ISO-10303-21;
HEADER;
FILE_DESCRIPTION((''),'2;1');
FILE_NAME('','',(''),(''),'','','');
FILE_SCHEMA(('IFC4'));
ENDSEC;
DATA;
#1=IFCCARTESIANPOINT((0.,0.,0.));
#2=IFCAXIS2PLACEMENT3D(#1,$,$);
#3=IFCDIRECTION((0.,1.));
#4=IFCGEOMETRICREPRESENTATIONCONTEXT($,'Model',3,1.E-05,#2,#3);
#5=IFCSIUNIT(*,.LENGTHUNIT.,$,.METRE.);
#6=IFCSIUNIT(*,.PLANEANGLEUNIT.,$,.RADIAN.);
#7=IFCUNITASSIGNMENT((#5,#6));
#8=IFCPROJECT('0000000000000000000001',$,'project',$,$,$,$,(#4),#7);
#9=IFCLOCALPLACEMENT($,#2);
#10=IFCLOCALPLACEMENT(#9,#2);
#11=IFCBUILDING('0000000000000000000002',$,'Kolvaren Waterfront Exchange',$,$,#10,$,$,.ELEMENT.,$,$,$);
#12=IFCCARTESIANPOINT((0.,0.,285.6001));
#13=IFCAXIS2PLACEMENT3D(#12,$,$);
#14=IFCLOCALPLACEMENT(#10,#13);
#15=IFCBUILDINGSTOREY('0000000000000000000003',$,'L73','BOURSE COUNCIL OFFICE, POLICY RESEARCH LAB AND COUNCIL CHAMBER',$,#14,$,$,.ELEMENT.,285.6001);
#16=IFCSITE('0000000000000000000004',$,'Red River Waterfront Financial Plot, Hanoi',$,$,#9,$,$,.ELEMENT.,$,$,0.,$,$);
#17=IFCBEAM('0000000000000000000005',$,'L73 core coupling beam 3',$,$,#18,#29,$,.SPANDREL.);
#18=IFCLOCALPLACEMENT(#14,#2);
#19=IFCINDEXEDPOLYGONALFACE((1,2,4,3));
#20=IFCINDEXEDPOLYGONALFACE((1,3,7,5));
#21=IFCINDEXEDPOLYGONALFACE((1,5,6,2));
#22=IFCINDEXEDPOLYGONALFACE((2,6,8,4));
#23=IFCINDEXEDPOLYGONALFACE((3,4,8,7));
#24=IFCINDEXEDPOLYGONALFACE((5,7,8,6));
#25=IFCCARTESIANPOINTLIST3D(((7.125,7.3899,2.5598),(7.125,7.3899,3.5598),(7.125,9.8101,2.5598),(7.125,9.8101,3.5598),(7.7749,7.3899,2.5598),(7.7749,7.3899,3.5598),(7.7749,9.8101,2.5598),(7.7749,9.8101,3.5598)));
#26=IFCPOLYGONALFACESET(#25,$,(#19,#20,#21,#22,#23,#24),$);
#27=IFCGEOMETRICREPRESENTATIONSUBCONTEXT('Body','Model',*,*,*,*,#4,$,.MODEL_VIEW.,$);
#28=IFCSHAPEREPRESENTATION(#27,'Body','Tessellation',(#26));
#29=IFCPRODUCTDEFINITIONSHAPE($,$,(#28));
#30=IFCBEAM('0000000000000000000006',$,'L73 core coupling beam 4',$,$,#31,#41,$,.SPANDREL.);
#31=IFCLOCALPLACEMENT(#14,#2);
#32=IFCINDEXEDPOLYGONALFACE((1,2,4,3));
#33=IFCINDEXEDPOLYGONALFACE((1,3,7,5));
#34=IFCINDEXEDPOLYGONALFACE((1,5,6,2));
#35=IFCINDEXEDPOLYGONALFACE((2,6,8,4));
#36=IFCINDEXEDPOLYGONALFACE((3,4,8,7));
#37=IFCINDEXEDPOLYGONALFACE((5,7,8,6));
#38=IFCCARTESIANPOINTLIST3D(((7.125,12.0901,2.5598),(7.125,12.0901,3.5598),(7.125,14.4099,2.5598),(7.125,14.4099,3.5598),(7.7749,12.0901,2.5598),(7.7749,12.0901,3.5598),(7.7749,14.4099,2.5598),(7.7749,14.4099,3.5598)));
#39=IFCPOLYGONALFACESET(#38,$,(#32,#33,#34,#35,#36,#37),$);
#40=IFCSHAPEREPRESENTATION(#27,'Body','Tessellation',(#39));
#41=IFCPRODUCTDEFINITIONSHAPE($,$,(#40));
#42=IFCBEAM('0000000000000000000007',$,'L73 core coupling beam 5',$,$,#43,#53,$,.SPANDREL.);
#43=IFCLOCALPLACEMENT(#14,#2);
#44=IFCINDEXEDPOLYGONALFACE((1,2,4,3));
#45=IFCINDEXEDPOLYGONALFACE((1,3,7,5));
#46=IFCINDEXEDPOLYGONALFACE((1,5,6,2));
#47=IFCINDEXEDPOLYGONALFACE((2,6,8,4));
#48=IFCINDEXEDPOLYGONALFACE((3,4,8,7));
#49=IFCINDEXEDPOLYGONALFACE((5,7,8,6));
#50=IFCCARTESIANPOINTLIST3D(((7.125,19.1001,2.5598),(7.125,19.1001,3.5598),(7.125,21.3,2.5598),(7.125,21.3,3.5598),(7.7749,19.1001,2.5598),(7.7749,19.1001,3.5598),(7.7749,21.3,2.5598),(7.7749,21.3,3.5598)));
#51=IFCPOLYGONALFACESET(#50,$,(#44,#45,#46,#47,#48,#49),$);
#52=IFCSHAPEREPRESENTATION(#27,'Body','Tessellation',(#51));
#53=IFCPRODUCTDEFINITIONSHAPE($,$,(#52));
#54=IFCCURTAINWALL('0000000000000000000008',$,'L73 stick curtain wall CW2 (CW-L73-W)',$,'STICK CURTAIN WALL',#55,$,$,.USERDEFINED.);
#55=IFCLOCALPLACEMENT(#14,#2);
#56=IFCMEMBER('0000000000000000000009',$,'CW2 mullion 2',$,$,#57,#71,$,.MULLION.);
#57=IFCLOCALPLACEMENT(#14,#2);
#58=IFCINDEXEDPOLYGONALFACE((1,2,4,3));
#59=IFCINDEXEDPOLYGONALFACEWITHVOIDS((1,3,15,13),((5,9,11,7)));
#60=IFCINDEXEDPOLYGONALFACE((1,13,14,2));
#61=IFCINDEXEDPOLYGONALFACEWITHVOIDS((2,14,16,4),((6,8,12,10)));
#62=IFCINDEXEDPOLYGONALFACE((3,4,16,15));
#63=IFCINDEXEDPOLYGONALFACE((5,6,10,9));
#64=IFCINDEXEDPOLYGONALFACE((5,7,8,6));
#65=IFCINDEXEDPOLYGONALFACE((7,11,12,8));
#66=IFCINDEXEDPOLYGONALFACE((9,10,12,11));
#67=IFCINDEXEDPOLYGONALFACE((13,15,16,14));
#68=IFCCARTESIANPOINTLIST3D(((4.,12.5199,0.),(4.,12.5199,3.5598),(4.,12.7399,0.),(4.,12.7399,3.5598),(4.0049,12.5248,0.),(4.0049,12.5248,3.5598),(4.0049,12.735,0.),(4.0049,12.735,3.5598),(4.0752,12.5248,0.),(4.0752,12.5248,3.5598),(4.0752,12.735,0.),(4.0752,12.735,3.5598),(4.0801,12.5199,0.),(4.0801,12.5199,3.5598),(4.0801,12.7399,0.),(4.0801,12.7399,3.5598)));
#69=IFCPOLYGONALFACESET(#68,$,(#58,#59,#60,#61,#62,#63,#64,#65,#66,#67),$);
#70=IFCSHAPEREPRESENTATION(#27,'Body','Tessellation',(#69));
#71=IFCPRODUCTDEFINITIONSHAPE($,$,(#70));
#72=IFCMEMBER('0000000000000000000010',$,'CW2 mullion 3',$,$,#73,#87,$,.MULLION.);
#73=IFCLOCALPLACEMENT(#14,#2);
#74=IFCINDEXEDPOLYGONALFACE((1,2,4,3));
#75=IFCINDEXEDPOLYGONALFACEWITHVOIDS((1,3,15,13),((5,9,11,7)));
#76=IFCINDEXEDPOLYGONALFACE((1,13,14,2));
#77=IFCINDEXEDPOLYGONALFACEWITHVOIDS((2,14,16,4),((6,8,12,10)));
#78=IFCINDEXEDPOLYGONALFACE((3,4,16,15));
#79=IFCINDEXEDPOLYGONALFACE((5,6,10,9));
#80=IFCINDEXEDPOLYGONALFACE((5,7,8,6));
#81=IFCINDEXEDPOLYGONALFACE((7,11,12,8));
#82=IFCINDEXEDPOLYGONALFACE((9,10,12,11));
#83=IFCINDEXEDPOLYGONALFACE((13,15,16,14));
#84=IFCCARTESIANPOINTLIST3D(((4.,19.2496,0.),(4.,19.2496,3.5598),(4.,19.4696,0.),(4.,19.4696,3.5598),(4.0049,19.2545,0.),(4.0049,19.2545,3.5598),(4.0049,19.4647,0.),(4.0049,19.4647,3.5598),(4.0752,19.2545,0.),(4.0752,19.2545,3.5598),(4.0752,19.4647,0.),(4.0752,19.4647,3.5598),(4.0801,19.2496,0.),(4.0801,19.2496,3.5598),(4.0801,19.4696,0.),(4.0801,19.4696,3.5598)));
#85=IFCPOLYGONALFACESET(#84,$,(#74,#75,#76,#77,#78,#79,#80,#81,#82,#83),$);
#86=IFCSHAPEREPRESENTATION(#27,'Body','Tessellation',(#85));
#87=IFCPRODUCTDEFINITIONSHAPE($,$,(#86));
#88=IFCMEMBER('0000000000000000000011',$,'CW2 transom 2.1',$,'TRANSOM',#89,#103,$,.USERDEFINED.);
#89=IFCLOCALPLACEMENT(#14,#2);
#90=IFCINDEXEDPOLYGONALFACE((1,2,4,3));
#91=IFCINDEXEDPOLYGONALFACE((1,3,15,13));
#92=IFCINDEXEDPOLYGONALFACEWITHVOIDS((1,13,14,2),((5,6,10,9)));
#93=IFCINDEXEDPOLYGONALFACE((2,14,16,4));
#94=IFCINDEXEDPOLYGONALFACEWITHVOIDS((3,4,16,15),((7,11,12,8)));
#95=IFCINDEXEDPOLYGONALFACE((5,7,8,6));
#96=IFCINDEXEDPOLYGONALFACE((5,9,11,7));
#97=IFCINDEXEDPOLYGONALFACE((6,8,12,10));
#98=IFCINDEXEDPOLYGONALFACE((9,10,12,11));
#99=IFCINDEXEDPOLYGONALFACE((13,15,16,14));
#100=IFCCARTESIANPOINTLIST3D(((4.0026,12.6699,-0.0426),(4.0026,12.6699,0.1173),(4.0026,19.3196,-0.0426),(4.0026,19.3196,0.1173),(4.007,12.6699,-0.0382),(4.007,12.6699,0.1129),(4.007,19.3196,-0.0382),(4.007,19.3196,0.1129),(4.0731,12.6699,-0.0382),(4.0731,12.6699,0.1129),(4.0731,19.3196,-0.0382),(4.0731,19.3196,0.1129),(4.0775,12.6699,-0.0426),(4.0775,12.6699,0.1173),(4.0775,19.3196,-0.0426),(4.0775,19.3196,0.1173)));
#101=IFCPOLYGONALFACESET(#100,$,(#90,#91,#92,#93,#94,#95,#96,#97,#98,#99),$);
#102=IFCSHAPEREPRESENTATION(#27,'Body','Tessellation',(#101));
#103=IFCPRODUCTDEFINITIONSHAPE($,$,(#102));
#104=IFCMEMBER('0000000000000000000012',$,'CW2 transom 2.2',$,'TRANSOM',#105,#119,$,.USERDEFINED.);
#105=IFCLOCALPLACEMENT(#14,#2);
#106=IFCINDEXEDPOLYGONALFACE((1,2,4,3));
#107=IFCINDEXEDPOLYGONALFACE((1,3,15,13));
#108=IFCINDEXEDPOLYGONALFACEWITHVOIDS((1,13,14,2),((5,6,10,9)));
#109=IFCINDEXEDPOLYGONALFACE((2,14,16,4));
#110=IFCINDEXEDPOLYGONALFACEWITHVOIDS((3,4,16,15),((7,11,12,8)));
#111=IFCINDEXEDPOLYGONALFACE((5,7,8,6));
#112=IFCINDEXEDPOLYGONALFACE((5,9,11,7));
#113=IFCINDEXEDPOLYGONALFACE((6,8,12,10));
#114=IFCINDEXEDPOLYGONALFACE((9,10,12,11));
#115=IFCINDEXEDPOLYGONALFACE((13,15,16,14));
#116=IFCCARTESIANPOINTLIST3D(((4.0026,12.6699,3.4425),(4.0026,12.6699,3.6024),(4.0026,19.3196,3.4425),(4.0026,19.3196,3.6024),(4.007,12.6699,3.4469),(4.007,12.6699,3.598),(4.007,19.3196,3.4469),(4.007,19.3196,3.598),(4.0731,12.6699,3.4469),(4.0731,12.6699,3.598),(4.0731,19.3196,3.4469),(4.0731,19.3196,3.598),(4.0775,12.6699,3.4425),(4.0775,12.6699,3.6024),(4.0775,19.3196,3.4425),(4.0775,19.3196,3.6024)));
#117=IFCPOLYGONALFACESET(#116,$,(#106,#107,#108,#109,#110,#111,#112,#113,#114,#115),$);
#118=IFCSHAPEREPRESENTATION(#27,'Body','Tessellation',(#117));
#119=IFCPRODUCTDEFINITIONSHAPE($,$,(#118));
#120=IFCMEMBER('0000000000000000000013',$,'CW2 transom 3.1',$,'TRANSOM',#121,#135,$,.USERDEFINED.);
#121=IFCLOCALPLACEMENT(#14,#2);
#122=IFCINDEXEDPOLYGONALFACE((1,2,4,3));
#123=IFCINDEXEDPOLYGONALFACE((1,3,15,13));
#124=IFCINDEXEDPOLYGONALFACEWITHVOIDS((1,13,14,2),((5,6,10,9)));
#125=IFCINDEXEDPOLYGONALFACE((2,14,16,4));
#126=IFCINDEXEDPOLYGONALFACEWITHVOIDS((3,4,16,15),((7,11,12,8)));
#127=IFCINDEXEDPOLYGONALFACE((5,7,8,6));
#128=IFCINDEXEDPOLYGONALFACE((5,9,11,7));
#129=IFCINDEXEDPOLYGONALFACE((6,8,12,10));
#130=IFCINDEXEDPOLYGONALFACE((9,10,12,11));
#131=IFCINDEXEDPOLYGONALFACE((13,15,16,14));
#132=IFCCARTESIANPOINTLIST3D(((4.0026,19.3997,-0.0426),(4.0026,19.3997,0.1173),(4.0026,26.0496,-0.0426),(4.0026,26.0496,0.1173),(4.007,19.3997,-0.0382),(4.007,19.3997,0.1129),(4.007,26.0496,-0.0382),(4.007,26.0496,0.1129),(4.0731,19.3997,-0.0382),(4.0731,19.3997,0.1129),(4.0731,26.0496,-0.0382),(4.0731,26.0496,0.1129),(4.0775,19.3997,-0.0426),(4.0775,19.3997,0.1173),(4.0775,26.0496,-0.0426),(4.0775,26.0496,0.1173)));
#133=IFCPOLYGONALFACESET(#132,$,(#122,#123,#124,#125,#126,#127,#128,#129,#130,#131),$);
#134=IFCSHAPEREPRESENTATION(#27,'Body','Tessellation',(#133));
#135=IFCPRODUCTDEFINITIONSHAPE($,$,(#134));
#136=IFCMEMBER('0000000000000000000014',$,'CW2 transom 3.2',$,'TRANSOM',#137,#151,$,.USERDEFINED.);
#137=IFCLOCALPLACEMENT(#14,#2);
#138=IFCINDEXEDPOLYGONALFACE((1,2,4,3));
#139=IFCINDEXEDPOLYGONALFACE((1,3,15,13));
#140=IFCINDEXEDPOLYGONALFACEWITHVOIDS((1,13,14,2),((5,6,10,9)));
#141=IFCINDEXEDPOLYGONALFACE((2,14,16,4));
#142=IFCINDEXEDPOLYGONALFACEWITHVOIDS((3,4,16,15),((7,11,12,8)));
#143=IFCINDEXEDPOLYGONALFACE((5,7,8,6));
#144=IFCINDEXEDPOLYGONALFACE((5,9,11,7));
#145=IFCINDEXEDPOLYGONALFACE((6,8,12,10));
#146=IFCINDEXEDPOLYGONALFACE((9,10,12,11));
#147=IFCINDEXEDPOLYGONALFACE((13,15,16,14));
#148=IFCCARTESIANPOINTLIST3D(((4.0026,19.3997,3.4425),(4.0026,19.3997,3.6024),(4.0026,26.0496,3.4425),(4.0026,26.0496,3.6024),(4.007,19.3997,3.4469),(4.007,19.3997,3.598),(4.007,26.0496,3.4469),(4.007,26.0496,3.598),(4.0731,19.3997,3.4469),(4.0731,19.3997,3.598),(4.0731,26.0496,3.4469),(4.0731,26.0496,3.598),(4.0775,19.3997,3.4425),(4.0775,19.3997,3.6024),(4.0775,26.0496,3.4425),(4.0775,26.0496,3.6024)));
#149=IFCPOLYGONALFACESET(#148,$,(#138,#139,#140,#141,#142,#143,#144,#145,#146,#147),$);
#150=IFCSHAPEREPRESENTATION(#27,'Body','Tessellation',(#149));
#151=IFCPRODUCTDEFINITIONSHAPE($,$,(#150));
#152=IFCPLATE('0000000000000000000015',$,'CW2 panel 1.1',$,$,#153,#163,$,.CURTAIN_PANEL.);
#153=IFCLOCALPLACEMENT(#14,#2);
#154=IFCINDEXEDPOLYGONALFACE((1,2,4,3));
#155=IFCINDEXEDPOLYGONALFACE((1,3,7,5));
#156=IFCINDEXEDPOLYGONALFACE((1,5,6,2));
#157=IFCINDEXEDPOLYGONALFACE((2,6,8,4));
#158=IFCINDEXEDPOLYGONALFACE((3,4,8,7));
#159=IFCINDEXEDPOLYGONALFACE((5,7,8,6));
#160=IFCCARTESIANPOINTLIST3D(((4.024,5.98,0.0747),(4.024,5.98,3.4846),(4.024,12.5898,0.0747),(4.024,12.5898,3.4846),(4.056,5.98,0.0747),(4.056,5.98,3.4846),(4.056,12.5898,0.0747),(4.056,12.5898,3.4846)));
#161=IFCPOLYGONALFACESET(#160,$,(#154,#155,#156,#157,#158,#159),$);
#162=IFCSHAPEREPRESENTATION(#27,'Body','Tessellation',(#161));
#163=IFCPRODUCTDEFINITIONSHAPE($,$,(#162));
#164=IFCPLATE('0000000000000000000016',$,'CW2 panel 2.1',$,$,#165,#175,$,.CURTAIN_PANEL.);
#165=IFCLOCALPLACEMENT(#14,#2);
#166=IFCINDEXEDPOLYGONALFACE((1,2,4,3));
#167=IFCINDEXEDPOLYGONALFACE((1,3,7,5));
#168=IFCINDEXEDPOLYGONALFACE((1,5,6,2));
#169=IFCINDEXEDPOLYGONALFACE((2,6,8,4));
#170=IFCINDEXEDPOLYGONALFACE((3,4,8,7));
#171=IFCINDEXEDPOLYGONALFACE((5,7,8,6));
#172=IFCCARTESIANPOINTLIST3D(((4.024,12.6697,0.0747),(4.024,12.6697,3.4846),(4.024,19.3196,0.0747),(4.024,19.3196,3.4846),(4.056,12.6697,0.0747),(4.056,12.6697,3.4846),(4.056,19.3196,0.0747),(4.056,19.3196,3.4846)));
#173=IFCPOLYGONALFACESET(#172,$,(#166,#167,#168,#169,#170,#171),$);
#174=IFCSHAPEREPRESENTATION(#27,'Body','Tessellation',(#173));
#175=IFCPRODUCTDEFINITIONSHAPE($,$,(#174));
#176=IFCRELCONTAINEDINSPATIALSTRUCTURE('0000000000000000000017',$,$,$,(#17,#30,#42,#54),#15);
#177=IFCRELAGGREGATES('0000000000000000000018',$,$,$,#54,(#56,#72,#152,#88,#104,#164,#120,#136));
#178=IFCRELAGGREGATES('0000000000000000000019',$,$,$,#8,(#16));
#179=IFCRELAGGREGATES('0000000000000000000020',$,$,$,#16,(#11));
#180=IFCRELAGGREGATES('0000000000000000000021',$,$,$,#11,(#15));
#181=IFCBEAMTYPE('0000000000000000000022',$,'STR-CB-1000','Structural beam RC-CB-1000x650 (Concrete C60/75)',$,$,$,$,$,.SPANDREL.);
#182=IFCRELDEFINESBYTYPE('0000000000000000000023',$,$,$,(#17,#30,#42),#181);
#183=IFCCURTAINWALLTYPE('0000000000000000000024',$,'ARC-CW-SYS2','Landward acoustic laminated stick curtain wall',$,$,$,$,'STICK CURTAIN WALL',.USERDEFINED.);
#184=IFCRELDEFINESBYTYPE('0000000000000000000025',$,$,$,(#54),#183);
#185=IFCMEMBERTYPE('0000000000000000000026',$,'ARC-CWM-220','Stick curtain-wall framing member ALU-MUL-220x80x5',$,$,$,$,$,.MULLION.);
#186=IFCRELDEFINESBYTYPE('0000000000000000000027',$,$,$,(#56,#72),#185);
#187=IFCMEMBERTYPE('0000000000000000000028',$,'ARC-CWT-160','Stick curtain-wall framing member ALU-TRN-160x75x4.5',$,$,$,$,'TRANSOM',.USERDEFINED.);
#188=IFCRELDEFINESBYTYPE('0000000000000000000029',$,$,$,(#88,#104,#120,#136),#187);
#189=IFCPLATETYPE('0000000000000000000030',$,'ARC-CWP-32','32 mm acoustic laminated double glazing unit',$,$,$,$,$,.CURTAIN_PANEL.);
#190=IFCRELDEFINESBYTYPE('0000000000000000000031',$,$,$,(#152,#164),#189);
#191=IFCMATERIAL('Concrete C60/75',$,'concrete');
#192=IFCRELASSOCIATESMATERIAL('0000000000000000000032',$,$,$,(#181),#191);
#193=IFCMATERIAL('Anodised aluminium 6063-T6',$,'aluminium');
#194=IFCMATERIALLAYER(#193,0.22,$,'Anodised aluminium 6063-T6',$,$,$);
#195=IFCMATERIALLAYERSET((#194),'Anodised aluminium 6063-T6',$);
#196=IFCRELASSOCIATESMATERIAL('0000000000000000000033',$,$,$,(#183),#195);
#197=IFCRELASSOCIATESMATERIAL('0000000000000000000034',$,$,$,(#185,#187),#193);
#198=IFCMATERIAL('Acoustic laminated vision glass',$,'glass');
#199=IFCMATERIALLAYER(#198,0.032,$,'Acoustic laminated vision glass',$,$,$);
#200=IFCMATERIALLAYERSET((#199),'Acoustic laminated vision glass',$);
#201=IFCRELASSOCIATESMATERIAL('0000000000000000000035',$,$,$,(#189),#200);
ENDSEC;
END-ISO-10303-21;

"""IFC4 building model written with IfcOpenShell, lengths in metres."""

from ifc_helpers import new_model, si_unit, direction, frame, origin, origin_with_axes, origin_2d, place, context, subcontext, project, spatial, rectangle, hollow_rectangle, extrude, source, transform, mapped, material, layer, layer_set, material_profile, profile_set, type_object, element, aggregate, save


model = new_model("IFC4")

# Units and contexts
model_context = context("Model", 3, precision=1e-05, world=origin(), true_north=direction((0.0, 1.0)))
body_context = subcontext(model_context, "Body", "Model", "MODEL_VIEW")
ifc_project = project(units=[si_unit("LENGTHUNIT", "METRE"), si_unit("PLANEANGLEUNIT", "RADIAN")], contexts=[model_context])

# Site, building, storey
site_placement = place(None, origin())
site = spatial("IfcSite", under=ifc_project, at=site_placement, Name="Red River Waterfront Financial Plot, Hanoi", CompositionType="ELEMENT", RefElevation=0.0)
building_placement = place(site_placement, origin())
building = spatial("IfcBuilding", under=site, at=building_placement, Name="Kolvaren Waterfront Exchange", CompositionType="ELEMENT")
storey_placement = place(building_placement, frame((0.0, 0.0, 285.6001)))
storey = spatial("IfcBuildingStorey", under=building, at=storey_placement, Name="L73", Description="BOURSE COUNCIL OFFICE, POLICY RESEARCH LAB AND COUNCIL CHAMBER", CompositionType="ELEMENT", Elevation=285.6001)

# Beams
ifc_material_1 = material(Name="Concrete C60/75", Category="concrete")
ifc_material_profile_1 = material_profile(ifc_material_1, rectangle(XDim=0.6499, YDim=1.0, at=origin_2d()), Name="RC-CB-1000x650")
ifc_profile_set_1 = profile_set([ifc_material_profile_1], Name="Concrete C60/75")
beam_type = type_object("IfcBeamType", Name="STR-CB-1000", Description="Structural beam RC-CB-1000x650 (Concrete C60/75)", PredefinedType="SPANDREL", material=ifc_profile_set_1)
beam_1_placement = place(storey_placement, frame((7.45, 7.3899, 3.0598), z_axis=(0.0, 1.0, 0.0), x_axis=(-1.0, 0.0, 0.0)))
element("IfcBeam", 1, at=beam_1_placement, inside=storey, type_object=beam_type, Name="L73 core coupling beam 3", PredefinedType="SPANDREL", context=body_context, shape_type="SweptSolid", body=[
    extrude(rectangle(XDim=0.6499, YDim=1.0, at=origin_2d()), origin(), (0.0, 0.0, 1.0), 2.4202),
])
beam_2_placement = place(storey_placement, frame((7.45, 12.0901, 3.0598), z_axis=(0.0, 1.0, 0.0), x_axis=(-1.0, 0.0, 0.0)))
element("IfcBeam", 2, at=beam_2_placement, inside=storey, type_object=beam_type, Name="L73 core coupling beam 4", PredefinedType="SPANDREL", context=body_context, shape_type="SweptSolid", body=[
    extrude(rectangle(XDim=0.6499, YDim=1.0, at=origin_2d()), origin(), (0.0, 0.0, 1.0), 2.3198),
])
beam_3_placement = place(storey_placement, frame((7.45, 19.1001, 3.0598), z_axis=(0.0, 1.0, 0.0), x_axis=(-1.0, 0.0, 0.0)))
element("IfcBeam", 3, at=beam_3_placement, inside=storey, type_object=beam_type, Name="L73 core coupling beam 5", PredefinedType="SPANDREL", context=body_context, shape_type="SweptSolid", body=[
    extrude(rectangle(XDim=0.6499, YDim=1.0, at=origin_2d()), origin(), (0.0, 0.0, 1.0), 2.2),
])

# Curtain wall, members, plates
ifc_material_2 = material(Name="Anodised aluminium 6063-T6", Category="aluminium")
ifc_layer_1 = layer(ifc_material_2, 0.22, Name="Anodised aluminium 6063-T6")
ifc_layer_set_1 = layer_set([ifc_layer_1], Name="Anodised aluminium 6063-T6")
curtain_wall_type = type_object("IfcCurtainWallType", Name="ARC-CW-SYS2", Description="Landward acoustic laminated stick curtain wall", ElementType="STICK CURTAIN WALL", PredefinedType="USERDEFINED", material=ifc_layer_set_1)
curtain_wall_placement = place(storey_placement, origin())
curtain_wall = element("IfcCurtainWall", 4, at=curtain_wall_placement, inside=storey, type_object=curtain_wall_type, Name="L73 stick curtain wall CW2 (CW-L73-W)", ObjectType="STICK CURTAIN WALL", PredefinedType="USERDEFINED")
ifc_material_profile_2 = material_profile(ifc_material_2, hollow_rectangle(XDim=0.0801, YDim=0.22, WallThickness=0.0049, at=origin_2d()), Name="ALU-MUL-220x80x5")
ifc_profile_set_2 = profile_set([ifc_material_profile_2], Name="Anodised aluminium 6063-T6")
member_type_1 = type_object("IfcMemberType", Name="ARC-CWM-220", Description="Stick curtain-wall framing member ALU-MUL-220x80x5", PredefinedType="MULLION", material=ifc_profile_set_2)
shared_shape_1 = source(origin_with_axes(), body_context, "Body", "SweptSolid", [
    extrude(hollow_rectangle(XDim=0.0801, YDim=0.22, WallThickness=0.0049, at=origin_2d()), origin(), (0.0, 0.0, 1.0), 3.5598),
])
member_1_placement = place(storey_placement, frame((4.04, 12.6299, 0.0), z_axis=(0.0, 0.0, 1.0), x_axis=(-1.0, 0.0, 0.0)))
member_1 = element("IfcMember", 5, at=member_1_placement, type_object=member_type_1, Name="CW2 mullion 2", PredefinedType="MULLION", context=body_context, shape_type="MappedRepresentation", body=[
    mapped(shared_shape_1, transform((0.0, 0.0, 0.0), x_axis=(1.0, 0.0, 0.0), y_axis=(0.0, 1.0, 0.0), z_axis=(0.0, 0.0, 1.0), scale=1.0)),
])
member_2_placement = place(storey_placement, frame((4.04, 19.3596, 0.0), z_axis=(0.0, 0.0, 1.0), x_axis=(-1.0, 0.0, 0.0)))
member_2 = element("IfcMember", 6, at=member_2_placement, type_object=member_type_1, Name="CW2 mullion 3", PredefinedType="MULLION", context=body_context, shape_type="MappedRepresentation", body=[
    mapped(shared_shape_1, transform((0.0, 0.0, 0.0), x_axis=(1.0, 0.0, 0.0), y_axis=(0.0, 1.0, 0.0), z_axis=(0.0, 0.0, 1.0), scale=1.0)),
])
ifc_material_profile_3 = material_profile(ifc_material_2, hollow_rectangle(XDim=0.075, YDim=0.1599, WallThickness=0.0044, at=origin_2d()), Name="ALU-TRN-160x75x4.5")
ifc_profile_set_3 = profile_set([ifc_material_profile_3], Name="Anodised aluminium 6063-T6")
member_type_2 = type_object("IfcMemberType", Name="ARC-CWT-160", Description="Stick curtain-wall framing member ALU-TRN-160x75x4.5", ElementType="TRANSOM", PredefinedType="USERDEFINED", material=ifc_profile_set_3)
shared_shape_2 = source(origin_with_axes(), body_context, "Body", "SweptSolid", [
    extrude(hollow_rectangle(XDim=0.075, YDim=0.1599, WallThickness=0.0044, at=origin_2d()), origin(), (0.0, 0.0, 1.0), 6.6497),
])
member_3_placement = place(storey_placement, frame((4.04, 12.6699, 0.0374), z_axis=(0.0, 1.0, 0.0), x_axis=(-1.0, 0.0, 0.0)))
member_3 = element("IfcMember", 7, at=member_3_placement, type_object=member_type_2, Name="CW2 transom 2.1", ObjectType="TRANSOM", PredefinedType="USERDEFINED", context=body_context, shape_type="MappedRepresentation", body=[
    mapped(shared_shape_2, transform((0.0, 0.0, 0.0), x_axis=(1.0, 0.0, 0.0), y_axis=(0.0, 1.0, 0.0), z_axis=(0.0, 0.0, 1.0), scale=1.0)),
])
member_4_placement = place(storey_placement, frame((4.04, 12.6699, 3.5225), z_axis=(0.0, 1.0, 0.0), x_axis=(-1.0, 0.0, 0.0)))
member_4 = element("IfcMember", 8, at=member_4_placement, type_object=member_type_2, Name="CW2 transom 2.2", ObjectType="TRANSOM", PredefinedType="USERDEFINED", context=body_context, shape_type="MappedRepresentation", body=[
    mapped(shared_shape_2, transform((0.0, 0.0, 0.0), x_axis=(1.0, 0.0, 0.0), y_axis=(0.0, 1.0, 0.0), z_axis=(0.0, 0.0, 1.0), scale=1.0)),
])
shared_shape_3 = source(origin_with_axes(), body_context, "Body", "SweptSolid", [
    extrude(hollow_rectangle(XDim=0.075, YDim=0.1599, WallThickness=0.0044, at=origin_2d()), origin(), (0.0, 0.0, 1.0), 6.6499),
])
member_5_placement = place(storey_placement, frame((4.04, 19.3997, 0.0374), z_axis=(0.0, 1.0, 0.0), x_axis=(-1.0, 0.0, 0.0)))
member_5 = element("IfcMember", 9, at=member_5_placement, type_object=member_type_2, Name="CW2 transom 3.1", ObjectType="TRANSOM", PredefinedType="USERDEFINED", context=body_context, shape_type="MappedRepresentation", body=[
    mapped(shared_shape_3, transform((0.0, 0.0, 0.0), x_axis=(1.0, 0.0, 0.0), y_axis=(0.0, 1.0, 0.0), z_axis=(0.0, 0.0, 1.0), scale=1.0)),
])
member_6_placement = place(storey_placement, frame((4.04, 19.3997, 3.5225), z_axis=(0.0, 1.0, 0.0), x_axis=(-1.0, 0.0, 0.0)))
member_6 = element("IfcMember", 10, at=member_6_placement, type_object=member_type_2, Name="CW2 transom 3.2", ObjectType="TRANSOM", PredefinedType="USERDEFINED", context=body_context, shape_type="MappedRepresentation", body=[
    mapped(shared_shape_3, transform((0.0, 0.0, 0.0), x_axis=(1.0, 0.0, 0.0), y_axis=(0.0, 1.0, 0.0), z_axis=(0.0, 0.0, 1.0), scale=1.0)),
])
ifc_material_3 = material(Name="Acoustic laminated vision glass", Category="glass")
ifc_layer_2 = layer(ifc_material_3, 0.032, Name="Acoustic laminated vision glass")
ifc_layer_set_2 = layer_set([ifc_layer_2], Name="Acoustic laminated vision glass")
plate_type = type_object("IfcPlateType", Name="ARC-CWP-32", Description="32 mm acoustic laminated double glazing unit", PredefinedType="CURTAIN_PANEL", material=ifc_layer_set_2)
shared_shape_4 = source(origin_with_axes(), body_context, "Body", "SweptSolid", [
    extrude(rectangle(XDim=6.6099, YDim=0.032, at=origin_2d()), origin(), (0.0, 0.0, 1.0), 3.4099),
])
plate_1_placement = place(storey_placement, frame((4.04, 9.2849, 0.0747), z_axis=(0.0, 0.0, 1.0), x_axis=(0.0, 1.0, 0.0)))
plate_1 = element("IfcPlate", 11, at=plate_1_placement, type_object=plate_type, Name="CW2 panel 1.1", PredefinedType="CURTAIN_PANEL", context=body_context, shape_type="MappedRepresentation", body=[
    mapped(shared_shape_4, transform((0.0, 0.0, 0.0), x_axis=(1.0, 0.0, 0.0), y_axis=(0.0, 1.0, 0.0), z_axis=(0.0, 0.0, 1.0), scale=1.0)),
])
shared_shape_5 = source(origin_with_axes(), body_context, "Body", "SweptSolid", [
    extrude(rectangle(XDim=6.6499, YDim=0.032, at=origin_2d()), origin(), (0.0, 0.0, 1.0), 3.4099),
])
plate_2_placement = place(storey_placement, frame((4.04, 15.9946, 0.0747), z_axis=(0.0, 0.0, 1.0), x_axis=(0.0, 1.0, 0.0)))
plate_2 = element("IfcPlate", 12, at=plate_2_placement, type_object=plate_type, Name="CW2 panel 2.1", PredefinedType="CURTAIN_PANEL", context=body_context, shape_type="MappedRepresentation", body=[
    mapped(shared_shape_5, transform((0.0, 0.0, 0.0), x_axis=(1.0, 0.0, 0.0), y_axis=(0.0, 1.0, 0.0), z_axis=(0.0, 0.0, 1.0), scale=1.0)),
])
aggregate(curtain_wall, [member_1, member_2, plate_1, member_3, member_4, plate_2, member_5, member_6])

save(model, "model.ifc")
